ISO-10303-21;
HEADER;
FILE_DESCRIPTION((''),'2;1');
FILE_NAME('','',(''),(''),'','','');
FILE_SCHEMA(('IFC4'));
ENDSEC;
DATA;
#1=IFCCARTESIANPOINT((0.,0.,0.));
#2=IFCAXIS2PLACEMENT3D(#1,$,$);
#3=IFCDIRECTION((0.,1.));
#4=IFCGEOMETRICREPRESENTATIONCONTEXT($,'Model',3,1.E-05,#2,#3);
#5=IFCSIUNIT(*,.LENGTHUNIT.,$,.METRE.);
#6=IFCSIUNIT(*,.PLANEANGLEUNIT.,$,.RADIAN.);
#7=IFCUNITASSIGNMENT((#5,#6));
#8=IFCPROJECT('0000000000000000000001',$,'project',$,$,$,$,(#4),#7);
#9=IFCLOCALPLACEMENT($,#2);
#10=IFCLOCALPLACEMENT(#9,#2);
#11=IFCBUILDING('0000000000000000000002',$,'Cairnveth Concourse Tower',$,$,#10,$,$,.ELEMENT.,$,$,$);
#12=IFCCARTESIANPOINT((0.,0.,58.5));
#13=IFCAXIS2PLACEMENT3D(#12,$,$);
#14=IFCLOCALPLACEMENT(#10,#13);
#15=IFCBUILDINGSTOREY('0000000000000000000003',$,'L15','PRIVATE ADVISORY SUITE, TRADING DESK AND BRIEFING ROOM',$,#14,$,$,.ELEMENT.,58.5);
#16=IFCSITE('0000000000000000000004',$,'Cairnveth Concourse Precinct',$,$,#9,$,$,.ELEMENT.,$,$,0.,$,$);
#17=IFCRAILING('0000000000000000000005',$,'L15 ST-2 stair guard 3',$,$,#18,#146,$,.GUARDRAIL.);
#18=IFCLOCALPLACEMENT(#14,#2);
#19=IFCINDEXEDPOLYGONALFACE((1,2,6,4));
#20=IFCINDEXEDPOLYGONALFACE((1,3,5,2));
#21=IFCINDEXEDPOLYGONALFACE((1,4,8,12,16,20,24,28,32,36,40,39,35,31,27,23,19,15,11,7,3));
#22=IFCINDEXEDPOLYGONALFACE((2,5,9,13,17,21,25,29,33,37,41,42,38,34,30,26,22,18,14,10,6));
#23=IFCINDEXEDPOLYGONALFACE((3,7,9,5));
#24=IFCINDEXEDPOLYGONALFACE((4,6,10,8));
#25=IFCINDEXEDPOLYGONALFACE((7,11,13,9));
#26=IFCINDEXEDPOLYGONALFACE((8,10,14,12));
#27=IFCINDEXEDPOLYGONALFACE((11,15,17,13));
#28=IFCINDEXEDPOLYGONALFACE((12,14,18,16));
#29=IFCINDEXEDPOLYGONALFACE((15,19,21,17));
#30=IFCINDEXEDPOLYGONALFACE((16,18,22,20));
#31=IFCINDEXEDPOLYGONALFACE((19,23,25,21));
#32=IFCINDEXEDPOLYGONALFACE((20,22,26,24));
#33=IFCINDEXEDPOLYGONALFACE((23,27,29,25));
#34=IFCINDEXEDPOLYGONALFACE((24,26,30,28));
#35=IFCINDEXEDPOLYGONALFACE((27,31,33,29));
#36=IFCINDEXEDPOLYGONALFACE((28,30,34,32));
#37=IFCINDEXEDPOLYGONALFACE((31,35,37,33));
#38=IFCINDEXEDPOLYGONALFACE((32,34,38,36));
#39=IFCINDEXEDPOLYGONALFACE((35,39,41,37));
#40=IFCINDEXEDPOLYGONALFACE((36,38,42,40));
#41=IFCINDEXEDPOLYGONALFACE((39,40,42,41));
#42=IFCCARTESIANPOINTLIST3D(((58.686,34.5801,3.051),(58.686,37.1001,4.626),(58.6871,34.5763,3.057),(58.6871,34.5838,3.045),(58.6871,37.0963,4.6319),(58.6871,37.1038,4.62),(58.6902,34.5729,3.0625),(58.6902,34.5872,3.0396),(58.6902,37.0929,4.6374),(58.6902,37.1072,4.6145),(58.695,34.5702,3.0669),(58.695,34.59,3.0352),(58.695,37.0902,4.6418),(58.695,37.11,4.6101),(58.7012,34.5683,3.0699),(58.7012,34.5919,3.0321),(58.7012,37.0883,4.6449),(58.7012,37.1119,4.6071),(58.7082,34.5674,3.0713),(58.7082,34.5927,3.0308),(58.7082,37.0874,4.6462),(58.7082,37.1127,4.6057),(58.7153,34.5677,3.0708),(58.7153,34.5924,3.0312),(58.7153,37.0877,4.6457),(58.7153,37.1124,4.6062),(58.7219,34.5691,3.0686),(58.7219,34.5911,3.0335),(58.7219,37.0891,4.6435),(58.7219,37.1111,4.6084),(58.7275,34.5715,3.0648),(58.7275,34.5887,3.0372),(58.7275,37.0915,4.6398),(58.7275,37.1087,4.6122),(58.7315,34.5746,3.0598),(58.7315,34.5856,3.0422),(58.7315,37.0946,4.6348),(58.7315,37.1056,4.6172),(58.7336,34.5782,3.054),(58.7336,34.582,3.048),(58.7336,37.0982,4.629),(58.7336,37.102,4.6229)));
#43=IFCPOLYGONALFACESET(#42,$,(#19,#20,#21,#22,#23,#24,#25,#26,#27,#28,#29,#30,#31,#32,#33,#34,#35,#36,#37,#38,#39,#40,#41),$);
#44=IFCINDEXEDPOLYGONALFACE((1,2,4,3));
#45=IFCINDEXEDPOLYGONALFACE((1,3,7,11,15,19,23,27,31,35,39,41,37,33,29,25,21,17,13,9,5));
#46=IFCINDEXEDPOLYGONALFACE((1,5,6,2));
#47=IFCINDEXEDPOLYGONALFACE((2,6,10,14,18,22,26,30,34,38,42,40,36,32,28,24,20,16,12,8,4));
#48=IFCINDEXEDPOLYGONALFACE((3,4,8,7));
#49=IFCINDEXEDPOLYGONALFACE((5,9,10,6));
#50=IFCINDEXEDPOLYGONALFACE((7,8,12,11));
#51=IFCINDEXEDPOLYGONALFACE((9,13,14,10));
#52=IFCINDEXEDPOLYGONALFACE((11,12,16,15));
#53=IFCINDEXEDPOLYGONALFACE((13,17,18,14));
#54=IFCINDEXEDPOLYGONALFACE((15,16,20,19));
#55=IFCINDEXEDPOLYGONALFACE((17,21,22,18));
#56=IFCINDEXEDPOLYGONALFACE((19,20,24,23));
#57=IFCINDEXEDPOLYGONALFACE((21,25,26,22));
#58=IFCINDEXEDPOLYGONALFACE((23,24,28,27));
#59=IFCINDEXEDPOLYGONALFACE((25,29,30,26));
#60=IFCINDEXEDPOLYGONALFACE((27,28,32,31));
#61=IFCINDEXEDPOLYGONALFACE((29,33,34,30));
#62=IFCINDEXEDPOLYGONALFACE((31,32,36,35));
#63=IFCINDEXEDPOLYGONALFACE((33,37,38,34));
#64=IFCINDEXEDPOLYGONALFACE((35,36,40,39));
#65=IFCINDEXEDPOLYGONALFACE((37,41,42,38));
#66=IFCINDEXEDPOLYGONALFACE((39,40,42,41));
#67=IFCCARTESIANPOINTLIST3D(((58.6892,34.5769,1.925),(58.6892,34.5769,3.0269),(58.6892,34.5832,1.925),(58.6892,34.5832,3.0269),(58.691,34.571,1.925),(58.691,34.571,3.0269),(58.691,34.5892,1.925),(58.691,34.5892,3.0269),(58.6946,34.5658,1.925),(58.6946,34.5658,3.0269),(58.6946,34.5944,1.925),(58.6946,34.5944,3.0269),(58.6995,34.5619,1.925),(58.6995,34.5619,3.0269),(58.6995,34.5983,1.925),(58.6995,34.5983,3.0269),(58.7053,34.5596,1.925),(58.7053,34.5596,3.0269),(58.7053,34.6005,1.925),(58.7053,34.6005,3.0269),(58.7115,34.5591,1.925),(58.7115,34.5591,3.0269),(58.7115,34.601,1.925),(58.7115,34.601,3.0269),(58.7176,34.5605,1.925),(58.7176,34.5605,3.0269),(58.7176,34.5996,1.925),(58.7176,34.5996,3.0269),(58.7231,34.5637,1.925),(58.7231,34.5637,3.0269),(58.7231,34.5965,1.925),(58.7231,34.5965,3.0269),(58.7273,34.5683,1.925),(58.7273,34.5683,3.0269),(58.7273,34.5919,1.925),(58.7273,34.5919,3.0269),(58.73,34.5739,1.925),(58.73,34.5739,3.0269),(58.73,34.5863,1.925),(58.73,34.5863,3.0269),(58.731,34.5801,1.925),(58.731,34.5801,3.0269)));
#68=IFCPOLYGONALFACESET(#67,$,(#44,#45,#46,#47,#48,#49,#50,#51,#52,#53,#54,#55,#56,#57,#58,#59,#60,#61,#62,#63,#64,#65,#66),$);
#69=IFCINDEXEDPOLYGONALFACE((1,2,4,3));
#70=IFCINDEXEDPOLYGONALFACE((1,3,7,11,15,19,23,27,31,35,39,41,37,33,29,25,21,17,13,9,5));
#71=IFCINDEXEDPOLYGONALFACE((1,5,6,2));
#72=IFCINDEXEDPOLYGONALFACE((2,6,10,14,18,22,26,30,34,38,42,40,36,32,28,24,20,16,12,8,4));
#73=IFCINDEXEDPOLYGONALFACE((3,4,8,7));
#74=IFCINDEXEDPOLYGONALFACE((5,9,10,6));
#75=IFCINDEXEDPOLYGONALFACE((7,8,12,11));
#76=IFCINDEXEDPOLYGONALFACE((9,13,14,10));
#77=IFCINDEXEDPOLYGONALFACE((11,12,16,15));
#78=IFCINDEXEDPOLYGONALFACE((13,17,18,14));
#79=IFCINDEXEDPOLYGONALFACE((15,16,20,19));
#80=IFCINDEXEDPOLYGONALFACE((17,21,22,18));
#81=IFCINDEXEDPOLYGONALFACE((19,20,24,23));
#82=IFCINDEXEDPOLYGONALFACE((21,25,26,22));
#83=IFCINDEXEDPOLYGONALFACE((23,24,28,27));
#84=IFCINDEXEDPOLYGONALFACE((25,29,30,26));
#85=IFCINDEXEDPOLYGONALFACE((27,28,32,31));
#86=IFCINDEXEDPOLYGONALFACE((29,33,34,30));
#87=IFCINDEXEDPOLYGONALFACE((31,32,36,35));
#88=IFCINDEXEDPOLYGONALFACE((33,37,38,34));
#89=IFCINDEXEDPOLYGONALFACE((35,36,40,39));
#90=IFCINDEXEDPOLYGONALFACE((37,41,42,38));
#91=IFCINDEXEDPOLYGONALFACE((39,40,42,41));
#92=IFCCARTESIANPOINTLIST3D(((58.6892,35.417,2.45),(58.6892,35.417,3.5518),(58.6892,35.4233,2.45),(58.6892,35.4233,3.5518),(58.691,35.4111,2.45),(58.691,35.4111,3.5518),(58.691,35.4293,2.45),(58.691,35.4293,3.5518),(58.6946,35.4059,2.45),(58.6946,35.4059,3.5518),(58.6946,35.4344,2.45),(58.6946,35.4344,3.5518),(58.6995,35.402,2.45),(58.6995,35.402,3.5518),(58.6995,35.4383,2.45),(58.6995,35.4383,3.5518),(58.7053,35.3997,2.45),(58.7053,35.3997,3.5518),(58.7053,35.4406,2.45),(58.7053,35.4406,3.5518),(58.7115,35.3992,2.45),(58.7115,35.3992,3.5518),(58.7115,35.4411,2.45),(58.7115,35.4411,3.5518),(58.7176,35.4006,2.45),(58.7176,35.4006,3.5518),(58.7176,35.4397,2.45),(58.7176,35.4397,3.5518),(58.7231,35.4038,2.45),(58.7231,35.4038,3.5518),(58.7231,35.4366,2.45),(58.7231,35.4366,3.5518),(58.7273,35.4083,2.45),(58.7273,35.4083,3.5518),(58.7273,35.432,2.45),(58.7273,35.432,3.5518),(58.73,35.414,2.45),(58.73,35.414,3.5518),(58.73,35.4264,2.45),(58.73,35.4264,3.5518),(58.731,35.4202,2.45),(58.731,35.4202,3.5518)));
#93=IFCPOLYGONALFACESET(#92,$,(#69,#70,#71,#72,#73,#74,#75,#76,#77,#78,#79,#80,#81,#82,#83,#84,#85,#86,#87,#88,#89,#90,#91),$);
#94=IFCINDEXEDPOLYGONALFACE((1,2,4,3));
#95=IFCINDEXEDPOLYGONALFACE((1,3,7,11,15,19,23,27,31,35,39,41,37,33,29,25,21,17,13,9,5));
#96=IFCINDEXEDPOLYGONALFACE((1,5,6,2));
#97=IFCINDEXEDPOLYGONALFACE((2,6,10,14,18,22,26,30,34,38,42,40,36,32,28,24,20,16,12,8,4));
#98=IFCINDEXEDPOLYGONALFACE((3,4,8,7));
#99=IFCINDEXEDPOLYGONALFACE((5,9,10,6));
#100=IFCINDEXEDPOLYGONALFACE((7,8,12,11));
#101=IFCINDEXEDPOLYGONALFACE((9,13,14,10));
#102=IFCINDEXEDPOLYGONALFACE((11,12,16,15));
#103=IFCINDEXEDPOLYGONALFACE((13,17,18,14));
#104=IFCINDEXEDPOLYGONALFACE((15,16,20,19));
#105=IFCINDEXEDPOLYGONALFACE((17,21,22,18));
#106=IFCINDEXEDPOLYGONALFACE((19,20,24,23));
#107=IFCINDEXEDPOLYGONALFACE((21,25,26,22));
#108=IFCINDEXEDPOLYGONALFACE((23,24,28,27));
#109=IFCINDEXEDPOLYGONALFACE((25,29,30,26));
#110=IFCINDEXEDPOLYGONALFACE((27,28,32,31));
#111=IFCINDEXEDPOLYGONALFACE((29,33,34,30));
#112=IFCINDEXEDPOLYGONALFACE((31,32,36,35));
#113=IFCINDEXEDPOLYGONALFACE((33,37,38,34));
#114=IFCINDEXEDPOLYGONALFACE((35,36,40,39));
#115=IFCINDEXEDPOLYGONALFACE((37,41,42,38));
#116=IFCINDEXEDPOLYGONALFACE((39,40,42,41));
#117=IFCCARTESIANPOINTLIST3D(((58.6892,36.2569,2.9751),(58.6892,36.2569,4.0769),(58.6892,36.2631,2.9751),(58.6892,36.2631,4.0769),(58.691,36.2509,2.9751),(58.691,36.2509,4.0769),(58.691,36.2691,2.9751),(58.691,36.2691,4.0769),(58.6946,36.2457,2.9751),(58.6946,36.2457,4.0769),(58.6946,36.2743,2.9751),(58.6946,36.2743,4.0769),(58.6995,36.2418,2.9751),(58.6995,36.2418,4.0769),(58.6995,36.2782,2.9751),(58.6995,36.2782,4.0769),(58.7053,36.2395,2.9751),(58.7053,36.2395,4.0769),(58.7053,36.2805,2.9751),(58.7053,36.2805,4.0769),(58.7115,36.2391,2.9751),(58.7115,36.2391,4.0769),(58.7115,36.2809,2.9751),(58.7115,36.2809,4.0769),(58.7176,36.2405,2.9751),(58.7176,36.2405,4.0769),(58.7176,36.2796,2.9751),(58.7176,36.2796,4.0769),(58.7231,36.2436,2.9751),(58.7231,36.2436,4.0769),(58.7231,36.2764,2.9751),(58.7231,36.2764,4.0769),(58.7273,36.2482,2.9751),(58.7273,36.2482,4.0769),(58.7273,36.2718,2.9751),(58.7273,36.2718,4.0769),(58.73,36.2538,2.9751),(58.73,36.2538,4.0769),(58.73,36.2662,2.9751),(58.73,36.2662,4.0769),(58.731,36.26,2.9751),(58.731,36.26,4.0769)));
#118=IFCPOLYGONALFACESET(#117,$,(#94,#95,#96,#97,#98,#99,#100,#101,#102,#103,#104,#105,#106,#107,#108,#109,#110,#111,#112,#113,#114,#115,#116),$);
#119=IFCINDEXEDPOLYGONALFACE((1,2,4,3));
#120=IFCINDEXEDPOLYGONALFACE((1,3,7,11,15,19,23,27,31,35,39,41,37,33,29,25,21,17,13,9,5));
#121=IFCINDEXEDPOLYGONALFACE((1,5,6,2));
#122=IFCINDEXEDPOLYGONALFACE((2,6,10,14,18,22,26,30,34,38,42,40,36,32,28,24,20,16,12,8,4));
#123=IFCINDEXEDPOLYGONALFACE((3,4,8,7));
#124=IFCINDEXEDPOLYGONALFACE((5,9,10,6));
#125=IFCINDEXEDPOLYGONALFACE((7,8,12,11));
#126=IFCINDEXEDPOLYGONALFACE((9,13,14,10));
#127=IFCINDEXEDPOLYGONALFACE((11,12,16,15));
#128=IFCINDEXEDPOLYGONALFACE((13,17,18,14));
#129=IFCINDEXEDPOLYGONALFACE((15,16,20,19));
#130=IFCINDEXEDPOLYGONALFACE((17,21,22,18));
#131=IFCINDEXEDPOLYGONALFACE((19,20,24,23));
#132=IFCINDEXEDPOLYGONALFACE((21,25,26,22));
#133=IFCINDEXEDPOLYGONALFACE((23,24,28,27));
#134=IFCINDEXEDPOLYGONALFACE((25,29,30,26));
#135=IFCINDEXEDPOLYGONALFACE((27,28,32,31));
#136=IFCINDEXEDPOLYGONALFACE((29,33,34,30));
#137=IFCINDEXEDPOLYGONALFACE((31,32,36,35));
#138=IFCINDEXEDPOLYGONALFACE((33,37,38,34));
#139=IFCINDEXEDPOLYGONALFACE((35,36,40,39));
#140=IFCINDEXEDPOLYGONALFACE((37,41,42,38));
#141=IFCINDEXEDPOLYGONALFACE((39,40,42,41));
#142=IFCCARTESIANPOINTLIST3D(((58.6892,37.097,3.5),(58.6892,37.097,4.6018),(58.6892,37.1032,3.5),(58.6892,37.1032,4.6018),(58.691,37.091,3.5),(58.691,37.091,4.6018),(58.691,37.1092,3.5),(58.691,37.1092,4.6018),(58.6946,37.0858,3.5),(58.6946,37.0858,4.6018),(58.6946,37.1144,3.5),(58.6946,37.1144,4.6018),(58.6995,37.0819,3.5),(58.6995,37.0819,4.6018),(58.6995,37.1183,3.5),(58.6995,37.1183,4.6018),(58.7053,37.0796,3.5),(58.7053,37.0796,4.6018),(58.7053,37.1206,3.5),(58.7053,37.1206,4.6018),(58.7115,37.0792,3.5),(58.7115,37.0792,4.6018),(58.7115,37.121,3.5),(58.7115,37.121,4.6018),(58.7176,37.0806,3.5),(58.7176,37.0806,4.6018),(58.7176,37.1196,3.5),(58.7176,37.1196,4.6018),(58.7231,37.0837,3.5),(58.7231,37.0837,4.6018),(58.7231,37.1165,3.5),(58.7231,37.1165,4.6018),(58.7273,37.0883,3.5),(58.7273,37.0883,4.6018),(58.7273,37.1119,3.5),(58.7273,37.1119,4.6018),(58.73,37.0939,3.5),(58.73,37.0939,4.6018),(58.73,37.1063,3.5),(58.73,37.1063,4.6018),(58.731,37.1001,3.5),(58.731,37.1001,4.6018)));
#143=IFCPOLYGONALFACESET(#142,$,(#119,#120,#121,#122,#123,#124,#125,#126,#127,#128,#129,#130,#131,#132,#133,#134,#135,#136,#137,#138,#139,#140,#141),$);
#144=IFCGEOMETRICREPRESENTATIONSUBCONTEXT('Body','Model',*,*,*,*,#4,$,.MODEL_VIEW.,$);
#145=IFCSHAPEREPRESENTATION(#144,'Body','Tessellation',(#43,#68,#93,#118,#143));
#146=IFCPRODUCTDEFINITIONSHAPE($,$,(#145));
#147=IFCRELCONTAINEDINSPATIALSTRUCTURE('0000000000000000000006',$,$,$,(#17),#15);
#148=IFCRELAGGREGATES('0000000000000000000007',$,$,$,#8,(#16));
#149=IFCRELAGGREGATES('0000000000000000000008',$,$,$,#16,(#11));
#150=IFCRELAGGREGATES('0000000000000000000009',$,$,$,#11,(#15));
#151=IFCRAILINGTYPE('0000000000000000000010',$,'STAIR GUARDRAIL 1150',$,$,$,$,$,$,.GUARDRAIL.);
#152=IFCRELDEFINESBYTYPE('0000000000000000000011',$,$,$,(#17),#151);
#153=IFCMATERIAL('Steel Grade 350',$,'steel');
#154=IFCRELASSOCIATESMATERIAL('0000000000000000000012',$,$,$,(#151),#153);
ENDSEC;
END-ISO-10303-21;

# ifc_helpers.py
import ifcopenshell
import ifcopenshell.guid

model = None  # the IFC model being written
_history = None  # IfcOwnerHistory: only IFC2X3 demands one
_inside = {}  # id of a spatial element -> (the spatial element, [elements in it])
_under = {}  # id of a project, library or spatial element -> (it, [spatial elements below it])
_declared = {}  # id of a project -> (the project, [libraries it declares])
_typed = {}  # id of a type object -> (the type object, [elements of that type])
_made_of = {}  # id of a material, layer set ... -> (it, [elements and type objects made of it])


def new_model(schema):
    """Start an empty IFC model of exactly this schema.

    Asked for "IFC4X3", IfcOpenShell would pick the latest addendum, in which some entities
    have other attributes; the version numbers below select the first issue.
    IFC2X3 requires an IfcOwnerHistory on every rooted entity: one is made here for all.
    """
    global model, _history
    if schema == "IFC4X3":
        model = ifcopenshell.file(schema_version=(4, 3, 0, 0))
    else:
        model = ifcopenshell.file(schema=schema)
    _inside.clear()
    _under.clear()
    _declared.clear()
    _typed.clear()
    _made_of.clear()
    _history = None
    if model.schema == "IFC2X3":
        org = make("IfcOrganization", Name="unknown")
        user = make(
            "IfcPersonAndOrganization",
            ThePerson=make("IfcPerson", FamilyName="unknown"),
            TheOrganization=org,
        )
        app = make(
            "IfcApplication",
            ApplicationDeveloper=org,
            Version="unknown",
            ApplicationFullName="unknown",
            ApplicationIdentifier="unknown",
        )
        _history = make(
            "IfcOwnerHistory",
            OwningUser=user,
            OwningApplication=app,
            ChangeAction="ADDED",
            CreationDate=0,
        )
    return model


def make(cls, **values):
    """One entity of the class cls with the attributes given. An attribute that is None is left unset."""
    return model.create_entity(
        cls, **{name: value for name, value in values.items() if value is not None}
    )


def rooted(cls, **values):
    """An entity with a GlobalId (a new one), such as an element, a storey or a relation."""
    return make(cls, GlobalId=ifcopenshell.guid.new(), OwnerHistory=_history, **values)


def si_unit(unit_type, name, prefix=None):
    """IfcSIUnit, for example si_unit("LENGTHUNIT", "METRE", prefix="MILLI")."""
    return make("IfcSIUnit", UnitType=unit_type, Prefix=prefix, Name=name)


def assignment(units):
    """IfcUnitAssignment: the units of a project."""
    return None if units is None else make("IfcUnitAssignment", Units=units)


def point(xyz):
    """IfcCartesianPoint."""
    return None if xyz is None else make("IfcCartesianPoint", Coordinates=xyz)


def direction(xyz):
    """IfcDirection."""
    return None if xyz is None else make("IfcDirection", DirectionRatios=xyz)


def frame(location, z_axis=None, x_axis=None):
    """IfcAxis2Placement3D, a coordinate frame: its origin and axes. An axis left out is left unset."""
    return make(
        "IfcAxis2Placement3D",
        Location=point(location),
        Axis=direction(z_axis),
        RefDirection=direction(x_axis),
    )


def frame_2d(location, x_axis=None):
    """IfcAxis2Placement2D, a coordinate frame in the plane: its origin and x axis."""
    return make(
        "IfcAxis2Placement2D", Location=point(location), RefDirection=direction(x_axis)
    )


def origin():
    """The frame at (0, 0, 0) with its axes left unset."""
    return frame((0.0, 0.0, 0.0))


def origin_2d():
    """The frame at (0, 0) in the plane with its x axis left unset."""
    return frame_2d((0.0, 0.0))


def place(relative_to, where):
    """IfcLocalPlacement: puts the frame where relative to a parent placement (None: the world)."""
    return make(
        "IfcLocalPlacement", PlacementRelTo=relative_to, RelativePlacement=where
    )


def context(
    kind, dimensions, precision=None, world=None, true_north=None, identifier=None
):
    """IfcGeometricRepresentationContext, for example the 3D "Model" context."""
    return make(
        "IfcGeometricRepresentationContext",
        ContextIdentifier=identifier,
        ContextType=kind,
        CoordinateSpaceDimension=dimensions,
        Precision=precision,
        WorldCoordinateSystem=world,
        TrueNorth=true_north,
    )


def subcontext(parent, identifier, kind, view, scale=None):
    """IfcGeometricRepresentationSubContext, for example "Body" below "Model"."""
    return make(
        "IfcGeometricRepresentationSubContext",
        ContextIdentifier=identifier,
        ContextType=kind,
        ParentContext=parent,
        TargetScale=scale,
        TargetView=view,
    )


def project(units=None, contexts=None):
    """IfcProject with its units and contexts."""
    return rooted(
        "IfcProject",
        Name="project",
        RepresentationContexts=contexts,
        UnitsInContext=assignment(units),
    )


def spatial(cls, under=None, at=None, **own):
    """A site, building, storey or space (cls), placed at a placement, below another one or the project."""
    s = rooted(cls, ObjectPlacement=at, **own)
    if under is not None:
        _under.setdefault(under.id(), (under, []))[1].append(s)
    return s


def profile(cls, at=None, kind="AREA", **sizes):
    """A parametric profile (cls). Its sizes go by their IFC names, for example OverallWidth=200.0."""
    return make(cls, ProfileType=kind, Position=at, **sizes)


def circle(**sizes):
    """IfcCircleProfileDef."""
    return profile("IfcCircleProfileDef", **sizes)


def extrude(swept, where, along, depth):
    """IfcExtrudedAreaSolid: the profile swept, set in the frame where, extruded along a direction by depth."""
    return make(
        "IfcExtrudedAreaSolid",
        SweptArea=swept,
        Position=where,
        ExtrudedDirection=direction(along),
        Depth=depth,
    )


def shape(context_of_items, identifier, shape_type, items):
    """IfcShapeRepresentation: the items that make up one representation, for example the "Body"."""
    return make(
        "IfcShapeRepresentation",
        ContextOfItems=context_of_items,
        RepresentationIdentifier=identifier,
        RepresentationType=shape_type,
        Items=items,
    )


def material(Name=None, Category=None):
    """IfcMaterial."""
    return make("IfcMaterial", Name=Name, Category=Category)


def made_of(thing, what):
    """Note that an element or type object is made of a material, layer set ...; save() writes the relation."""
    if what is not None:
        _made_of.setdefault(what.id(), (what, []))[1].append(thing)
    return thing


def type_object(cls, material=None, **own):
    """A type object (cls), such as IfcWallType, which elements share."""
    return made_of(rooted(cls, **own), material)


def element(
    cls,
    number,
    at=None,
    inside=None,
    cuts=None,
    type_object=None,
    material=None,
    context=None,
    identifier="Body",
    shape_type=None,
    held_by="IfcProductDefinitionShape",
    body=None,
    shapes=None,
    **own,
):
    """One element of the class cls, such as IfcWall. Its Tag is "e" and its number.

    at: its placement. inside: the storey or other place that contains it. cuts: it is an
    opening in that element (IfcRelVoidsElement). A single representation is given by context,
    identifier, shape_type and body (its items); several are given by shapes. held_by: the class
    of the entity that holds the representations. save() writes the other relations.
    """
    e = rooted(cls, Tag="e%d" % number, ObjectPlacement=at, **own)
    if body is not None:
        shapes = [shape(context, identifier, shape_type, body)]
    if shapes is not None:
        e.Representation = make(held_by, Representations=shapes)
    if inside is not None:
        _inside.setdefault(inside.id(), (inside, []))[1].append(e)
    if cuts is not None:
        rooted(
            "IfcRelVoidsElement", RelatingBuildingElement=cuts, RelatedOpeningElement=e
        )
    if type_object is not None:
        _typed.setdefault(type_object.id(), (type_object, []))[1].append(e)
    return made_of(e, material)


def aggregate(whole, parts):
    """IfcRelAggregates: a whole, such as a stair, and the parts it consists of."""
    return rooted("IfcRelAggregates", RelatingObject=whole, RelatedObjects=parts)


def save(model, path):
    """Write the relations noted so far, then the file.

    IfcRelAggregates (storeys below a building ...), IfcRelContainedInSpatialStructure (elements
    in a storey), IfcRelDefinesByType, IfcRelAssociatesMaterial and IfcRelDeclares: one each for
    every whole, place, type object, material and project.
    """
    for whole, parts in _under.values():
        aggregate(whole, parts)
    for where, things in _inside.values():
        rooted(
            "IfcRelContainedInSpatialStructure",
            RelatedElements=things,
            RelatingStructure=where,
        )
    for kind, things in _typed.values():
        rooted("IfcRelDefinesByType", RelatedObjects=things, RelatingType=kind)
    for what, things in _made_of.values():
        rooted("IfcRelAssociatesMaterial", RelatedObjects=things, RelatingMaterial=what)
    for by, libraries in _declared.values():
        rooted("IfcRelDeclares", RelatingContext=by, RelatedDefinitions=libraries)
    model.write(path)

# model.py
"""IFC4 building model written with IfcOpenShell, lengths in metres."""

from ifc_helpers import new_model, si_unit, direction, frame, origin, origin_2d, place, context, subcontext, project, spatial, circle, extrude, material, type_object, element, save


model = new_model("IFC4")

# Units and contexts
model_context = context("Model", 3, precision=1e-05, world=origin(), true_north=direction((0.0, 1.0)))
body_context = subcontext(model_context, "Body", "Model", "MODEL_VIEW")
ifc_project = project(units=[si_unit("LENGTHUNIT", "METRE"), si_unit("PLANEANGLEUNIT", "RADIAN")], contexts=[model_context])

# Site, building, storey
site_placement = place(None, origin())
site = spatial("IfcSite", under=ifc_project, at=site_placement, Name="Cairnveth Concourse Precinct", CompositionType="ELEMENT", RefElevation=0.0)
building_placement = place(site_placement, origin())
building = spatial("IfcBuilding", under=site, at=building_placement, Name="Cairnveth Concourse Tower", CompositionType="ELEMENT")
storey_placement = place(building_placement, frame((0.0, 0.0, 58.5)))
storey = spatial("IfcBuildingStorey", under=building, at=storey_placement, Name="L15", Description="PRIVATE ADVISORY SUITE, TRADING DESK AND BRIEFING ROOM", CompositionType="ELEMENT", Elevation=58.5)

# Shared definitions
ifc_material_1 = material(Name="Steel Grade 350", Category="steel")

# Railing
railing_type_1 = type_object("IfcRailingType", Name="STAIR GUARDRAIL 1150", PredefinedType="GUARDRAIL", material=ifc_material_1)
railing_1_placement = place(storey_placement, frame((58.71, 34.5801, 1.925)))
element("IfcRailing", 1, at=railing_1_placement, inside=storey, type_object=railing_type_1, Name="L15 ST-2 stair guard 3", PredefinedType="GUARDRAIL", context=body_context, shape_type="SweptSolid", body=[
    extrude(circle(Radius=0.0239, at=origin_2d()), frame((0.0, 0.0, 1.126), z_axis=(0.0, 0.848008, 0.529984), x_axis=(-1.0, 0.0, 0.0)), (0.0, 0.0, 1.0), 2.9717),
    extrude(circle(Radius=0.021, at=origin_2d()), origin(), (0.0, 0.0, 1.0), 1.1018),
    extrude(circle(Radius=0.021, at=origin_2d()), frame((0.0, 0.8401, 0.5249)), (0.0, 0.0, 1.0), 1.1018),
    extrude(circle(Radius=0.021, at=origin_2d()), frame((0.0, 1.6799, 1.05)), (0.0, 0.0, 1.0), 1.1018),
    extrude(circle(Radius=0.021, at=origin_2d()), frame((0.0, 2.52, 1.575)), (0.0, 0.0, 1.0), 1.1018),
])

save(model, "model.ifc")
